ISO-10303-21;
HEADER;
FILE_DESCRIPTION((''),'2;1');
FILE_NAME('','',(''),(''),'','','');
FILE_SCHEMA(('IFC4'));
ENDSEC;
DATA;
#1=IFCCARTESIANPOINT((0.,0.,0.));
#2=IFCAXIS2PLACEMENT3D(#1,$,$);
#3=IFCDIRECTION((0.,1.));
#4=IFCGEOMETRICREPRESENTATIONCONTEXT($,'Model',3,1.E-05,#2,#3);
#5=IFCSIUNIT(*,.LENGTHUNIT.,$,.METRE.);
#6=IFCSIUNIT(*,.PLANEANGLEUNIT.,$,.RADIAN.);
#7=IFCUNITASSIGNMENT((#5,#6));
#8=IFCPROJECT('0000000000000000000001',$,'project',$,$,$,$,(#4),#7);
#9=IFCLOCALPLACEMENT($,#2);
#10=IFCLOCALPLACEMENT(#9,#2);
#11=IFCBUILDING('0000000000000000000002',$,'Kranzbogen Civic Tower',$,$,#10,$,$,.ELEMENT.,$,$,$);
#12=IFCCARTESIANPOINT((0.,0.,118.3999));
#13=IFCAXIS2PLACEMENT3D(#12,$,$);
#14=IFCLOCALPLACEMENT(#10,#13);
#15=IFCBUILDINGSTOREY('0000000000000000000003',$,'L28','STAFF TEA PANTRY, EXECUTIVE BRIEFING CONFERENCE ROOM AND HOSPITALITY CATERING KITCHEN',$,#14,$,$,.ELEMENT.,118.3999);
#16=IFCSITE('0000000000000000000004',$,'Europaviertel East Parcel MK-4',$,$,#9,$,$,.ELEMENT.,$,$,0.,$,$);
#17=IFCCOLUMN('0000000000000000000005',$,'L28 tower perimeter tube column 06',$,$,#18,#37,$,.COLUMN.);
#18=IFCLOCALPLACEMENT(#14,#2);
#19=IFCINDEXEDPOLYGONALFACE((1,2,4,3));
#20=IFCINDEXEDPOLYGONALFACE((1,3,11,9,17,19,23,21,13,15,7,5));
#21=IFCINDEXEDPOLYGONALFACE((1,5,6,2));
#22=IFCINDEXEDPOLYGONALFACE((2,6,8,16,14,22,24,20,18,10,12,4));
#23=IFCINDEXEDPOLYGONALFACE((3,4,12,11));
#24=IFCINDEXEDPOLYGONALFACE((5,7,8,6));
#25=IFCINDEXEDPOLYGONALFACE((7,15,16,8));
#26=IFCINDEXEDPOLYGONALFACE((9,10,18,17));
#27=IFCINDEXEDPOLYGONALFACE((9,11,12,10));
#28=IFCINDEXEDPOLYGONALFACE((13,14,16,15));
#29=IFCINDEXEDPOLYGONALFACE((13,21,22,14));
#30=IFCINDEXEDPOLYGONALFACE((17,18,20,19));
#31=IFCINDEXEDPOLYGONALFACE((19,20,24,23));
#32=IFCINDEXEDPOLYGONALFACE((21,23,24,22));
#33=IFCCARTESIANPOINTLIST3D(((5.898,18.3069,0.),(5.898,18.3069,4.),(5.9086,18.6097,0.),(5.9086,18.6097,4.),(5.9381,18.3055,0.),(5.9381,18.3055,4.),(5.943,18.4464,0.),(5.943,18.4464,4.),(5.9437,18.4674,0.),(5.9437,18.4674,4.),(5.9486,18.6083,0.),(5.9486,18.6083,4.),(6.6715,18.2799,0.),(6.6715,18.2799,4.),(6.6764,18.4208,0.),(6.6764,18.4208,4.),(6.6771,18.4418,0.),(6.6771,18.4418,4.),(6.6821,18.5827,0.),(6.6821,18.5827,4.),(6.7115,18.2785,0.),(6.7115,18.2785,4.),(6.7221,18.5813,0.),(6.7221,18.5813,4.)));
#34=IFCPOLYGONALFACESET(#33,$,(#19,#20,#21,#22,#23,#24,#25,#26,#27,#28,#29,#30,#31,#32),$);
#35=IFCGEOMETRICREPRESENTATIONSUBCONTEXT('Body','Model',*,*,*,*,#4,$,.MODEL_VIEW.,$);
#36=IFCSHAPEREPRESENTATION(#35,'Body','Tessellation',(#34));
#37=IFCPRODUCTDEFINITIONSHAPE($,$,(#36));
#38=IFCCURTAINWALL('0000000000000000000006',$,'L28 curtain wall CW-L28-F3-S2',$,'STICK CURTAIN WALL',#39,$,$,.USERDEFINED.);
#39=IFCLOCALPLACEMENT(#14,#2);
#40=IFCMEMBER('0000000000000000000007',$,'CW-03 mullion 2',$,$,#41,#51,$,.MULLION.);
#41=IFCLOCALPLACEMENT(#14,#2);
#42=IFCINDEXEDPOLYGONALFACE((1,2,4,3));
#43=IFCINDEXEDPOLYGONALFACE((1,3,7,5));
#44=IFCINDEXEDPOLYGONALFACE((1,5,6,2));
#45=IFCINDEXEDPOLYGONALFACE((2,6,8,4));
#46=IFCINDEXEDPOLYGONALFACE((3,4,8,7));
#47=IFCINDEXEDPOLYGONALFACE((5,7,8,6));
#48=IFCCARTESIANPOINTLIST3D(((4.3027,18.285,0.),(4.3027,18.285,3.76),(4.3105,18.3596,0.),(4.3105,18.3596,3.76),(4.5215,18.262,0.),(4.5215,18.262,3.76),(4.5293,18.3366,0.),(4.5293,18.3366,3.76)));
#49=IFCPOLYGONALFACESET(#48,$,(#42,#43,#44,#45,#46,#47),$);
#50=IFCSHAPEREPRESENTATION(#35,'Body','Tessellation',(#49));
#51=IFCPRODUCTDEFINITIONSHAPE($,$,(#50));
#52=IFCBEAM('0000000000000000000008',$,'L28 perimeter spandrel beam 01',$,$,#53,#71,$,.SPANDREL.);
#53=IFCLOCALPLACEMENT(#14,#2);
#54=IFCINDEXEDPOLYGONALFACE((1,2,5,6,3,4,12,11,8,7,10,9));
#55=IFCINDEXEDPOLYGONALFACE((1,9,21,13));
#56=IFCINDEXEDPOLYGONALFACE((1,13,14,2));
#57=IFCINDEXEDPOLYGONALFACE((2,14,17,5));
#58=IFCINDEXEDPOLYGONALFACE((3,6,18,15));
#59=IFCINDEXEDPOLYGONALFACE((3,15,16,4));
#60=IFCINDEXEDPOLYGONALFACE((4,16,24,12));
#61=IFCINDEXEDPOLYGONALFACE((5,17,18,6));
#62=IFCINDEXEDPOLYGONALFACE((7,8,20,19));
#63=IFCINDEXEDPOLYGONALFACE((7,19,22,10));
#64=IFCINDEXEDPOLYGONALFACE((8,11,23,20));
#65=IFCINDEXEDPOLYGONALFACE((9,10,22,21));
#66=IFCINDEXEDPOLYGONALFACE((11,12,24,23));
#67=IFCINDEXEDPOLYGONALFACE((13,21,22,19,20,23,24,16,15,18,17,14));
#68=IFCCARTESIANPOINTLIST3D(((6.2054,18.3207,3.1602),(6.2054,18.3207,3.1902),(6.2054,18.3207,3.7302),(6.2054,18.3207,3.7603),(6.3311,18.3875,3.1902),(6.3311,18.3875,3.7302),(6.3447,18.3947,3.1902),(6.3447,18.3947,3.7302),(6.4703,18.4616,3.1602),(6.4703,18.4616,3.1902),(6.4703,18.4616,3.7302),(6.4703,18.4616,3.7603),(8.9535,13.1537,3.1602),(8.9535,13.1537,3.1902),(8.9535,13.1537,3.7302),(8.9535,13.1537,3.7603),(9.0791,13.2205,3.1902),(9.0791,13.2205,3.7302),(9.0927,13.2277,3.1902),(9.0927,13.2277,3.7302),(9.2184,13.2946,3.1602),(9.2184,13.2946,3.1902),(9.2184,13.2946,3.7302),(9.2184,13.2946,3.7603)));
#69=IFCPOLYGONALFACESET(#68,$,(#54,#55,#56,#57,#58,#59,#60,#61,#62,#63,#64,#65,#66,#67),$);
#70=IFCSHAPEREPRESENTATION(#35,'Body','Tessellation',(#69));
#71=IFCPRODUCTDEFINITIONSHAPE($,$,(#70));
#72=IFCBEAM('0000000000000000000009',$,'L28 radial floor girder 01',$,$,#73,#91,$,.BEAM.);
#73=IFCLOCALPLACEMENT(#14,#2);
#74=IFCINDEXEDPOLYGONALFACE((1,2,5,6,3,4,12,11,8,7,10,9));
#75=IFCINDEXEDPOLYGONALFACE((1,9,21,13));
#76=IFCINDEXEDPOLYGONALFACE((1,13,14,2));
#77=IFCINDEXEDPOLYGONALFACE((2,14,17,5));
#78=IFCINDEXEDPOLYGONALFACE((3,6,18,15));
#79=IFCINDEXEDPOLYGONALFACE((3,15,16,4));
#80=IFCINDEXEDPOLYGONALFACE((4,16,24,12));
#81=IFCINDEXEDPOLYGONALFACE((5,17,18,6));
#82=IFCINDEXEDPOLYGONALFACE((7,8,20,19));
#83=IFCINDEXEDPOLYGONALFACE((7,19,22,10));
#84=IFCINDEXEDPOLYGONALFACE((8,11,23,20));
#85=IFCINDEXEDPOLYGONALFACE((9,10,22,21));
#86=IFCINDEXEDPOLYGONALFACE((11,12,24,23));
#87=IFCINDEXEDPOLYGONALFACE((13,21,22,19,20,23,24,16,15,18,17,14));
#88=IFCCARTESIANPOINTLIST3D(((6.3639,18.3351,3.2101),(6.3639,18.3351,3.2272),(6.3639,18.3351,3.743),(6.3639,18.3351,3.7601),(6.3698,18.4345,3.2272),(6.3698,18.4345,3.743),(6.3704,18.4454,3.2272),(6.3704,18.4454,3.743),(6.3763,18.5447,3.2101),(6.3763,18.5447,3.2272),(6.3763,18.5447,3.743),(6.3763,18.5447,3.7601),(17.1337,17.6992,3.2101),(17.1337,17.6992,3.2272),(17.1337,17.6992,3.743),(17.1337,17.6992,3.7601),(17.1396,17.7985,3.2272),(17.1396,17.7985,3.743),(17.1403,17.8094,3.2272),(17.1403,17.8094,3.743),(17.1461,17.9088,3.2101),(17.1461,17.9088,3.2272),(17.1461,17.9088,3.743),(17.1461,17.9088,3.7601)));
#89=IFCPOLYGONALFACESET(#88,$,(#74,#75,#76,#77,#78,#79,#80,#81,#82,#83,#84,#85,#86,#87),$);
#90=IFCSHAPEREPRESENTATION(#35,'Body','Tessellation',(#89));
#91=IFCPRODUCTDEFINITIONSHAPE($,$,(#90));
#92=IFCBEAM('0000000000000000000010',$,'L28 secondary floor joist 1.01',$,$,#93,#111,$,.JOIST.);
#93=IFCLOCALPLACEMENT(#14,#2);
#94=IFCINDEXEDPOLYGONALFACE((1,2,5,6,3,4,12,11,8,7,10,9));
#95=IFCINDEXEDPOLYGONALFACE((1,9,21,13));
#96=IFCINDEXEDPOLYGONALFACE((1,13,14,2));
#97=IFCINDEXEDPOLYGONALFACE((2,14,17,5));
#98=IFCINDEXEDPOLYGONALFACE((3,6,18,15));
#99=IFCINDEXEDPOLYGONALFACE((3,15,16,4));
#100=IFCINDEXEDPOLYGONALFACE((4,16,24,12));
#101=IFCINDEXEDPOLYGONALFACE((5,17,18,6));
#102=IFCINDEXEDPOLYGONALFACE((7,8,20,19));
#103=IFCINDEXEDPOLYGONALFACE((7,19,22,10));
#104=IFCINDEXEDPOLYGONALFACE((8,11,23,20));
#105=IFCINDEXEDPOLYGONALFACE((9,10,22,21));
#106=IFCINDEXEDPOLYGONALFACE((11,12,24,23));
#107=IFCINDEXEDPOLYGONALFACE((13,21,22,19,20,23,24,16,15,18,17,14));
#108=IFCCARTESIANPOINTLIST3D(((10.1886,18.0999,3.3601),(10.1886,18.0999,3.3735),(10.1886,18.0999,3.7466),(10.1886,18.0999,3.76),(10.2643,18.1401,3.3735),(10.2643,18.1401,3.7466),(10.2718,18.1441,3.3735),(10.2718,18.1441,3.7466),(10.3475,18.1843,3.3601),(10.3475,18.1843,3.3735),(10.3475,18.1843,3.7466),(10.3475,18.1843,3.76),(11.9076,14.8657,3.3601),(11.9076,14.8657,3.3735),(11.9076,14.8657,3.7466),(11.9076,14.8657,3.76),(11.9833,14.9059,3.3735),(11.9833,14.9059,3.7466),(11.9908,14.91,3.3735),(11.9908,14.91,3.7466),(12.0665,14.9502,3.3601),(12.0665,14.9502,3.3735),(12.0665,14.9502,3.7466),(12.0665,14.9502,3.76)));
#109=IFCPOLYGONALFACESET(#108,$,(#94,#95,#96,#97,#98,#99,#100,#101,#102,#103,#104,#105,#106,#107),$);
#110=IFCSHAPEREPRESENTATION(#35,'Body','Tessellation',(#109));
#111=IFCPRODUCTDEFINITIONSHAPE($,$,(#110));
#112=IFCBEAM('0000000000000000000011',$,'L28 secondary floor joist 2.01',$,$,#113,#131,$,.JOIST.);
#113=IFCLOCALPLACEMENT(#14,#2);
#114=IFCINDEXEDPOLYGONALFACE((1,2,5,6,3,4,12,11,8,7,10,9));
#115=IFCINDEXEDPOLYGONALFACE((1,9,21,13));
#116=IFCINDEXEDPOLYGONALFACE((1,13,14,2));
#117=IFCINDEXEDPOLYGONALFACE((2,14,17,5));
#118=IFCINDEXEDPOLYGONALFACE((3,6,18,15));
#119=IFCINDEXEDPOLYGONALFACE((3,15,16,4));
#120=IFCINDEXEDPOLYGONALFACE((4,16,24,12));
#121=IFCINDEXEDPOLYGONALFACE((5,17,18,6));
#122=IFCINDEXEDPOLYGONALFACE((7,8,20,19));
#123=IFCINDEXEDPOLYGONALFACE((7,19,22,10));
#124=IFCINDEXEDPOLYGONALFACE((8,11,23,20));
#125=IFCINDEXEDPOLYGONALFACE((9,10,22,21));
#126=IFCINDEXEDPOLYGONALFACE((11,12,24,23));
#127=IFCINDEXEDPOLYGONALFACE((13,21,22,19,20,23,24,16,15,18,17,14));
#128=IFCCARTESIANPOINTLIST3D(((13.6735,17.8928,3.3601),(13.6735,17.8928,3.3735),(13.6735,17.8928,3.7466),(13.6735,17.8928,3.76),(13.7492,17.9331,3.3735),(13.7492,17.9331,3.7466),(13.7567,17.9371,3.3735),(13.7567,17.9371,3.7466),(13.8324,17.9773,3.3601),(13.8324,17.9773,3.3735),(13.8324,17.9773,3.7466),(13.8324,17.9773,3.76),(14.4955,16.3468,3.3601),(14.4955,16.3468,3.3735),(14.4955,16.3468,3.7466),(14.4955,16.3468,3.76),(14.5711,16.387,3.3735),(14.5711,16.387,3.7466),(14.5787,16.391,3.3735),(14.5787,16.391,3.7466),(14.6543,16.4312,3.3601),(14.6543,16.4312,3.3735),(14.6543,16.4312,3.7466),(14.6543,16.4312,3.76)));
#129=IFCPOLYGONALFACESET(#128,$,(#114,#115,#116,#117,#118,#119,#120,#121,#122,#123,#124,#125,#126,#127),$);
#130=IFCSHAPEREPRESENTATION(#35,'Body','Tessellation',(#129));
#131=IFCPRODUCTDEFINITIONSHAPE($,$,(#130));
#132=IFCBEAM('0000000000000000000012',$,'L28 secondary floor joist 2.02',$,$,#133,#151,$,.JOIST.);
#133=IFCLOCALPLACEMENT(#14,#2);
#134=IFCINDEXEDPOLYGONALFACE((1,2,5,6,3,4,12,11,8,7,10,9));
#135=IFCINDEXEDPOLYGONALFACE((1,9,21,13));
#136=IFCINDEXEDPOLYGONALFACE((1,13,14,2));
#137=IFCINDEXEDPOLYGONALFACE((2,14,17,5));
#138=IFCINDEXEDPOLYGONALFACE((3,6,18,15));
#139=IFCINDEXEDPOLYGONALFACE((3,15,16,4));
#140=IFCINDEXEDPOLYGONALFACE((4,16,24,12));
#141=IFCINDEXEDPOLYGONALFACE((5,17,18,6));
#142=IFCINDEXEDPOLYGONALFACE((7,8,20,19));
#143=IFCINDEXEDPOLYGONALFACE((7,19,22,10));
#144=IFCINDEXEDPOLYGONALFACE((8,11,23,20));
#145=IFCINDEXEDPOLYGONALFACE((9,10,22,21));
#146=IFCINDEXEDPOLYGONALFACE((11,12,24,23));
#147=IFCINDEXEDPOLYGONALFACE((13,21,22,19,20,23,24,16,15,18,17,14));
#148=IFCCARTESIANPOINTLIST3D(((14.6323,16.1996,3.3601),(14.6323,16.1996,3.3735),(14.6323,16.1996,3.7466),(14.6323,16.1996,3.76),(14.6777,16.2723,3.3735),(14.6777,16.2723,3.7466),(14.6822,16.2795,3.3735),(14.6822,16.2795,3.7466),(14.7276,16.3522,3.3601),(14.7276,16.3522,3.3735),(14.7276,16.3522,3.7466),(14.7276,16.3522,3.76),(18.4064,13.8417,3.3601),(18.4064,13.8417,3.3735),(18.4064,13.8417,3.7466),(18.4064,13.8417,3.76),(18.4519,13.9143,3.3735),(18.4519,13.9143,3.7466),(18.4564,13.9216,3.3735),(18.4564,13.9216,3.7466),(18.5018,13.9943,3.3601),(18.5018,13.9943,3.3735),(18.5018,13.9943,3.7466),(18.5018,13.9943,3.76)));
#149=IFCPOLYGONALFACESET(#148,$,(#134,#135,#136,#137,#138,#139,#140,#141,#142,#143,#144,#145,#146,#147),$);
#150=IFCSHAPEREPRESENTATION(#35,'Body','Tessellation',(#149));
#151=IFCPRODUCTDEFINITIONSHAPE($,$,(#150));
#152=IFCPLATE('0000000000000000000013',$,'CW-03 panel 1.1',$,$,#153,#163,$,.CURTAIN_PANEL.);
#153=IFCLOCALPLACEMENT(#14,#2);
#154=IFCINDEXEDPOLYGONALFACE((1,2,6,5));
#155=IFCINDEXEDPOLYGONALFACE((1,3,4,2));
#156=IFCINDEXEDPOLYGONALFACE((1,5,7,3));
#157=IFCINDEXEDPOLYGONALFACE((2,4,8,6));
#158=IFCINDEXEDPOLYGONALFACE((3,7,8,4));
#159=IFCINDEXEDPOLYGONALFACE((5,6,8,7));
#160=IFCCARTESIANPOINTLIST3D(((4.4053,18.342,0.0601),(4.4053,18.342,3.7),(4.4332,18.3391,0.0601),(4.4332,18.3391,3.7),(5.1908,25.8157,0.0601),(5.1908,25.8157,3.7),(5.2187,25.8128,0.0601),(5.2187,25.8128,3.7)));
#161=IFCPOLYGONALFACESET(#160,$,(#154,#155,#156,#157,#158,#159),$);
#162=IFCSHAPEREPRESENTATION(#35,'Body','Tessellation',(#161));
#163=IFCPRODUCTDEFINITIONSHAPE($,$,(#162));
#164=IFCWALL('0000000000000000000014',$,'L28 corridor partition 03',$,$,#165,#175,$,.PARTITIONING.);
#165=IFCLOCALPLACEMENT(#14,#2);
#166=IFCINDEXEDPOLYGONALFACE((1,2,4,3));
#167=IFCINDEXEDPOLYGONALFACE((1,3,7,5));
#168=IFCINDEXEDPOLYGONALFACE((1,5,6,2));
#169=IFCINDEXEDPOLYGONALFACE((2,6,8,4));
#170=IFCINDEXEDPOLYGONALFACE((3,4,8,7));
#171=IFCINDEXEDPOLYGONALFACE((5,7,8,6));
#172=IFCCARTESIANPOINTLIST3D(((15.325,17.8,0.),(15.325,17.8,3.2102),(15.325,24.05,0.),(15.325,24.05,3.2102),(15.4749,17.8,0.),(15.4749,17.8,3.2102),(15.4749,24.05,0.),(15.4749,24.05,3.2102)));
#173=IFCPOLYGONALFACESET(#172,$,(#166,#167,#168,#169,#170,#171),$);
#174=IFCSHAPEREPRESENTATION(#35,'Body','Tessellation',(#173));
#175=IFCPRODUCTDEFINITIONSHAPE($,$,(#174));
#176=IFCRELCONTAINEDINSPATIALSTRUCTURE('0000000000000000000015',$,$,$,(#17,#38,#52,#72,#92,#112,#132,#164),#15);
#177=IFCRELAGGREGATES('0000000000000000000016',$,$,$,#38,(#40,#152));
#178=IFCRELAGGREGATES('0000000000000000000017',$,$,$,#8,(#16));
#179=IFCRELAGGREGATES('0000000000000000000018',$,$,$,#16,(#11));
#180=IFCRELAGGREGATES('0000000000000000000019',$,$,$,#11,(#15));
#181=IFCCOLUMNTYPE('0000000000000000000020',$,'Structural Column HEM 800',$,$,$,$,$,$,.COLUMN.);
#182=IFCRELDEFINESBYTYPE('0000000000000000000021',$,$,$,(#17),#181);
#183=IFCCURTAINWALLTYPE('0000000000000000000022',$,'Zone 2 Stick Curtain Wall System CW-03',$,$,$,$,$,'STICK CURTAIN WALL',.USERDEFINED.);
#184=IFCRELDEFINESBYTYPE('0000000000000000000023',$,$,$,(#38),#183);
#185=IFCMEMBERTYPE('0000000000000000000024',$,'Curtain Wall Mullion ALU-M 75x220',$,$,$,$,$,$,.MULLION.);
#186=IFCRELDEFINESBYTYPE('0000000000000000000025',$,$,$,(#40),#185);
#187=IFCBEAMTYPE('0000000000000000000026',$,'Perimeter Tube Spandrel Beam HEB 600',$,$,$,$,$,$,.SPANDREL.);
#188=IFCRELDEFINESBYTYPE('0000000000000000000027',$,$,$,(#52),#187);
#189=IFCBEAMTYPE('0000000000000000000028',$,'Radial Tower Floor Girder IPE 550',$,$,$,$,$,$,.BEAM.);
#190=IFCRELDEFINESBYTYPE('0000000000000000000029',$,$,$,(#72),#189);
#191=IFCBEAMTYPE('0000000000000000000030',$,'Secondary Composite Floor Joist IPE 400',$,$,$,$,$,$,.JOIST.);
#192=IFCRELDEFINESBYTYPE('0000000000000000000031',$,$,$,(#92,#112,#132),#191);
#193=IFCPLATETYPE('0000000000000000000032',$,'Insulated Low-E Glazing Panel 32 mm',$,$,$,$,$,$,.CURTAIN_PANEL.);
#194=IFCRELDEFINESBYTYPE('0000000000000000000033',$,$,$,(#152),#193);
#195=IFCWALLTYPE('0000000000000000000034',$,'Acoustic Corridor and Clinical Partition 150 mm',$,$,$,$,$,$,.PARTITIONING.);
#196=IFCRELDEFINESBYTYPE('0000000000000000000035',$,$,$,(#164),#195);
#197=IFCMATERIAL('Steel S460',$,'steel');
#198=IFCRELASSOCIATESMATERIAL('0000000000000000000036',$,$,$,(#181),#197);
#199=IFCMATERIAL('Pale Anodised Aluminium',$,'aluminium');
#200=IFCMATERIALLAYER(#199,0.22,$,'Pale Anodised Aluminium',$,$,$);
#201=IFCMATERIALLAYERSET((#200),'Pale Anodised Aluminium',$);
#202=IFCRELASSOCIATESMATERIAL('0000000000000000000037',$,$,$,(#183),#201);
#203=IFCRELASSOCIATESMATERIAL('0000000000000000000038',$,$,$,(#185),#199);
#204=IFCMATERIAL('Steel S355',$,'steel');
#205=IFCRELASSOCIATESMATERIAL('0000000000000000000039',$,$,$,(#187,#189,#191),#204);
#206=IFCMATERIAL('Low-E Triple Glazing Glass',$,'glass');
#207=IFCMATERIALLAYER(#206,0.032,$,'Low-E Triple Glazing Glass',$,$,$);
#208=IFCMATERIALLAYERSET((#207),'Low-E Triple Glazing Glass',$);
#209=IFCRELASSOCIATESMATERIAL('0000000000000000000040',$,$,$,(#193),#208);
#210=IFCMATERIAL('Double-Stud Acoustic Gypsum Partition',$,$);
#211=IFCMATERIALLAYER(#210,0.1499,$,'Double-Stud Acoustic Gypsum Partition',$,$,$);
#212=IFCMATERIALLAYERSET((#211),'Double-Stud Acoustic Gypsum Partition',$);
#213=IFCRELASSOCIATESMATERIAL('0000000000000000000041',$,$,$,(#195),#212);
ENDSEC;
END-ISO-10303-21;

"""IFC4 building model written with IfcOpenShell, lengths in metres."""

from ifc_helpers import new_model, si_unit, direction, frame, frame_2d, origin, origin_2d, place, context, subcontext, project, spatial, rectangle, i_section, extrude, material, layer, layer_set, material_profile, profile_set, type_object, element, aggregate, save


model = new_model("IFC4")

# Units and contexts
model_context = context("Model", 3, precision=1e-05, world=origin(), true_north=direction((0.0, 1.0)))
body_context = subcontext(model_context, "Body", "Model", "MODEL_VIEW")
ifc_project = project(units=[si_unit("LENGTHUNIT", "METRE"), si_unit("PLANEANGLEUNIT", "RADIAN")], contexts=[model_context])

# Site, building, storey
site_placement = place(None, origin())
site = spatial("IfcSite", under=ifc_project, at=site_placement, Name="Europaviertel East Parcel MK-4", CompositionType="ELEMENT", RefElevation=0.0)
building_placement = place(site_placement, origin())
building = spatial("IfcBuilding", under=site, at=building_placement, Name="Kranzbogen Civic Tower", CompositionType="ELEMENT")
storey_placement = place(building_placement, frame((0.0, 0.0, 118.3999)))
storey = spatial("IfcBuildingStorey", under=building, at=storey_placement, Name="L28", Description="STAFF TEA PANTRY, EXECUTIVE BRIEFING CONFERENCE ROOM AND HOSPITALITY CATERING KITCHEN", CompositionType="ELEMENT", Elevation=118.3999)

# Column
ifc_material_1 = material(Name="Steel S460", Category="steel")
ifc_material_profile_1 = material_profile(ifc_material_1, i_section(OverallWidth=0.303, OverallDepth=0.814, WebThickness=0.021, FlangeThickness=0.04, at=origin_2d()), Name="HEM 800")
ifc_profile_set_1 = profile_set([ifc_material_profile_1], Name="Steel S460")
column_type = type_object("IfcColumnType", Name="Structural Column HEM 800", PredefinedType="COLUMN", material=ifc_profile_set_1)
column_placement = place(storey_placement, frame((6.3101, 18.4441, 0.0), z_axis=(0.0, 0.0, 1.0), x_axis=(0.034899, 0.999391, 0.0)))
element("IfcColumn", 1, at=column_placement, inside=storey, type_object=column_type, Name="L28 tower perimeter tube column 06", PredefinedType="COLUMN", context=body_context, shape_type="SweptSolid", body=[
    extrude(i_section(OverallWidth=0.303, OverallDepth=0.814, WebThickness=0.021, FlangeThickness=0.04, at=origin_2d()), origin(), (0.0, 0.0, 1.0), 4.0),
])

# Curtain wall, member
ifc_material_2 = material(Name="Pale Anodised Aluminium", Category="aluminium")
ifc_layer_1 = layer(ifc_material_2, 0.22, Name="Pale Anodised Aluminium")
ifc_layer_set_1 = layer_set([ifc_layer_1], Name="Pale Anodised Aluminium")
curtain_wall_type = type_object("IfcCurtainWallType", Name="Zone 2 Stick Curtain Wall System CW-03", ElementType="STICK CURTAIN WALL", PredefinedType="USERDEFINED", material=ifc_layer_set_1)
curtain_wall_placement = place(storey_placement, origin())
curtain_wall = element("IfcCurtainWall", 2, at=curtain_wall_placement, inside=storey, type_object=curtain_wall_type, Name="L28 curtain wall CW-L28-F3-S2", ObjectType="STICK CURTAIN WALL", PredefinedType="USERDEFINED")
ifc_material_profile_2 = material_profile(ifc_material_2, rectangle(XDim=0.075, YDim=0.22, at=origin_2d()), Name="ALU-M 75x220")
ifc_profile_set_2 = profile_set([ifc_material_profile_2], Name="Pale Anodised Aluminium")
member_type = type_object("IfcMemberType", Name="Curtain Wall Mullion ALU-M 75x220", PredefinedType="MULLION", material=ifc_profile_set_2)
member_placement = place(storey_placement, frame((4.416, 18.3108, 0.0), z_axis=(0.0, 0.0, 1.0), x_axis=(-0.104521, -0.994523, 0.0)))
member = element("IfcMember", 3, at=member_placement, type_object=member_type, Name="CW-03 mullion 2", PredefinedType="MULLION", context=body_context, shape_type="SweptSolid", body=[
    extrude(rectangle(XDim=0.075, YDim=0.22, at=origin_2d()), origin(), (0.0, 0.0, 1.0), 3.76),
])

# Beams
ifc_material_3 = material(Name="Steel S355", Category="steel")
ifc_material_profile_3 = material_profile(ifc_material_3, i_section(OverallWidth=0.3, OverallDepth=0.6001, WebThickness=0.0154, FlangeThickness=0.03, at=origin_2d()), Name="HEB 600")
ifc_profile_set_3 = profile_set([ifc_material_profile_3], Name="Steel S355")
beam_type_1 = type_object("IfcBeamType", Name="Perimeter Tube Spandrel Beam HEB 600", PredefinedType="SPANDREL", material=ifc_profile_set_3)
beam_1_placement = place(storey_placement, frame((6.3379, 18.3911, 3.4602), z_axis=(0.469566, -0.882897, 0.0), x_axis=(0.882897, 0.469566, 0.0)))
element("IfcBeam", 4, at=beam_1_placement, inside=storey, type_object=beam_type_1, Name="L28 perimeter spandrel beam 01", PredefinedType="SPANDREL", context=body_context, shape_type="SweptSolid", body=[
    extrude(i_section(OverallWidth=0.3, OverallDepth=0.6001, WebThickness=0.0154, FlangeThickness=0.03, at=origin_2d()), origin(), (0.0, 0.0, 1.0), 5.8523),
])
ifc_material_profile_4 = material_profile(ifc_material_3, i_section(OverallWidth=0.21, OverallDepth=0.55, WebThickness=0.011, FlangeThickness=0.0171, at=origin_2d()), Name="IPE 550")
ifc_profile_set_4 = profile_set([ifc_material_profile_4], Name="Steel S355")
beam_type_2 = type_object("IfcBeamType", Name="Radial Tower Floor Girder IPE 550", PredefinedType="BEAM", material=ifc_profile_set_4)
beam_2_placement = place(storey_placement, frame((6.3701, 18.4399, 3.4851), z_axis=(0.998261, -0.05895, 0.0), x_axis=(0.05895, 0.998261, 0.0)))
element("IfcBeam", 5, at=beam_2_placement, inside=storey, type_object=beam_type_2, Name="L28 radial floor girder 01", PredefinedType="BEAM", context=body_context, shape_type="SweptSolid", body=[
    extrude(i_section(OverallWidth=0.21, OverallDepth=0.55, WebThickness=0.011, FlangeThickness=0.0171, at=origin_2d()), origin(), (0.0, 0.0, 1.0), 10.7886),
])
ifc_material_profile_5 = material_profile(ifc_material_3, i_section(OverallWidth=0.1799, OverallDepth=0.3999, WebThickness=0.0085, FlangeThickness=0.0134, at=origin_2d()), Name="IPE 400")
ifc_profile_set_5 = profile_set([ifc_material_profile_5], Name="Steel S355")
beam_type_3 = type_object("IfcBeamType", Name="Secondary Composite Floor Joist IPE 400", PredefinedType="JOIST", material=ifc_profile_set_5)
beam_3_placement = place(storey_placement, frame((10.2681, 18.1421, 3.5601), z_axis=(0.469339, -0.883018, 0.0), x_axis=(0.883018, 0.469339, 0.0)))
element("IfcBeam", 6, at=beam_3_placement, inside=storey, type_object=beam_type_3, Name="L28 secondary floor joist 1.01", PredefinedType="JOIST", context=body_context, shape_type="SweptSolid", body=[
    extrude(i_section(OverallWidth=0.1799, OverallDepth=0.3999, WebThickness=0.0085, FlangeThickness=0.0134, at=origin_2d()), origin(), (0.0, 0.0, 1.0), 3.6626),
])
beam_4_placement = place(storey_placement, frame((13.7529, 17.9351, 3.5601), z_axis=(0.469437, -0.882966, 0.0), x_axis=(0.882966, 0.469437, 0.0)))
element("IfcBeam", 7, at=beam_4_placement, inside=storey, type_object=beam_type_3, Name="L28 secondary floor joist 2.01", PredefinedType="JOIST", context=body_context, shape_type="SweptSolid", body=[
    extrude(i_section(OverallWidth=0.1799, OverallDepth=0.3999, WebThickness=0.0085, FlangeThickness=0.0134, at=origin_2d()), origin(), (0.0, 0.0, 1.0), 1.751),
])
beam_5_placement = place(storey_placement, frame((14.6799, 16.2759, 3.5601), z_axis=(0.848094, -0.529846, 0.0), x_axis=(0.529846, 0.848094, 0.0)))
element("IfcBeam", 8, at=beam_5_placement, inside=storey, type_object=beam_type_3, Name="L28 secondary floor joist 2.02", PredefinedType="JOIST", context=body_context, shape_type="SweptSolid", body=[
    extrude(i_section(OverallWidth=0.1799, OverallDepth=0.3999, WebThickness=0.0085, FlangeThickness=0.0134, at=origin_2d()), origin(), (0.0, 0.0, 1.0), 4.4502),
])

# Plate
ifc_material_4 = material(Name="Low-E Triple Glazing Glass", Category="glass")
ifc_layer_2 = layer(ifc_material_4, 0.032, Name="Low-E Triple Glazing Glass")
ifc_layer_set_2 = layer_set([ifc_layer_2], Name="Low-E Triple Glazing Glass")
plate_type = type_object("IfcPlateType", Name="Insulated Low-E Glazing Panel 32 mm", PredefinedType="CURTAIN_PANEL", material=ifc_layer_set_2)
plate_placement = place(storey_placement, frame((4.812, 22.0774, 0.0601), z_axis=(0.0, 0.0, 1.0), x_axis=(-0.104521, -0.994523, 0.0)))
plate = element("IfcPlate", 9, at=plate_placement, type_object=plate_type, Name="CW-03 panel 1.1", PredefinedType="CURTAIN_PANEL", context=body_context, shape_type="SweptSolid", body=[
    extrude(rectangle(XDim=7.5149, YDim=0.0281, at=origin_2d()), origin(), (0.0, 0.0, 1.0), 3.6399),
])
aggregate(curtain_wall, [member, plate])

# Wall
ifc_material_5 = material(Name="Double-Stud Acoustic Gypsum Partition")
ifc_layer_3 = layer(ifc_material_5, 0.1499, Name="Double-Stud Acoustic Gypsum Partition")
ifc_layer_set_3 = layer_set([ifc_layer_3], Name="Double-Stud Acoustic Gypsum Partition")
wall_type_1 = type_object("IfcWallType", Name="Acoustic Corridor and Clinical Partition 150 mm", PredefinedType="PARTITIONING", material=ifc_layer_set_3)
wall_1_placement = place(storey_placement, frame((15.3999, 17.8, 0.0), z_axis=(0.0, 0.0, 1.0), x_axis=(0.0, 1.0, 0.0)))
element("IfcWall", 10, at=wall_1_placement, inside=storey, type_object=wall_type_1, Name="L28 corridor partition 03", PredefinedType="PARTITIONING", context=body_context, shape_type="SweptSolid", body=[
    extrude(rectangle(XDim=6.25, YDim=0.1499, at=frame_2d((3.125, 0.0))), origin(), (0.0, 0.0, 1.0), 3.2102),
])

save(model, "model.ifc")
